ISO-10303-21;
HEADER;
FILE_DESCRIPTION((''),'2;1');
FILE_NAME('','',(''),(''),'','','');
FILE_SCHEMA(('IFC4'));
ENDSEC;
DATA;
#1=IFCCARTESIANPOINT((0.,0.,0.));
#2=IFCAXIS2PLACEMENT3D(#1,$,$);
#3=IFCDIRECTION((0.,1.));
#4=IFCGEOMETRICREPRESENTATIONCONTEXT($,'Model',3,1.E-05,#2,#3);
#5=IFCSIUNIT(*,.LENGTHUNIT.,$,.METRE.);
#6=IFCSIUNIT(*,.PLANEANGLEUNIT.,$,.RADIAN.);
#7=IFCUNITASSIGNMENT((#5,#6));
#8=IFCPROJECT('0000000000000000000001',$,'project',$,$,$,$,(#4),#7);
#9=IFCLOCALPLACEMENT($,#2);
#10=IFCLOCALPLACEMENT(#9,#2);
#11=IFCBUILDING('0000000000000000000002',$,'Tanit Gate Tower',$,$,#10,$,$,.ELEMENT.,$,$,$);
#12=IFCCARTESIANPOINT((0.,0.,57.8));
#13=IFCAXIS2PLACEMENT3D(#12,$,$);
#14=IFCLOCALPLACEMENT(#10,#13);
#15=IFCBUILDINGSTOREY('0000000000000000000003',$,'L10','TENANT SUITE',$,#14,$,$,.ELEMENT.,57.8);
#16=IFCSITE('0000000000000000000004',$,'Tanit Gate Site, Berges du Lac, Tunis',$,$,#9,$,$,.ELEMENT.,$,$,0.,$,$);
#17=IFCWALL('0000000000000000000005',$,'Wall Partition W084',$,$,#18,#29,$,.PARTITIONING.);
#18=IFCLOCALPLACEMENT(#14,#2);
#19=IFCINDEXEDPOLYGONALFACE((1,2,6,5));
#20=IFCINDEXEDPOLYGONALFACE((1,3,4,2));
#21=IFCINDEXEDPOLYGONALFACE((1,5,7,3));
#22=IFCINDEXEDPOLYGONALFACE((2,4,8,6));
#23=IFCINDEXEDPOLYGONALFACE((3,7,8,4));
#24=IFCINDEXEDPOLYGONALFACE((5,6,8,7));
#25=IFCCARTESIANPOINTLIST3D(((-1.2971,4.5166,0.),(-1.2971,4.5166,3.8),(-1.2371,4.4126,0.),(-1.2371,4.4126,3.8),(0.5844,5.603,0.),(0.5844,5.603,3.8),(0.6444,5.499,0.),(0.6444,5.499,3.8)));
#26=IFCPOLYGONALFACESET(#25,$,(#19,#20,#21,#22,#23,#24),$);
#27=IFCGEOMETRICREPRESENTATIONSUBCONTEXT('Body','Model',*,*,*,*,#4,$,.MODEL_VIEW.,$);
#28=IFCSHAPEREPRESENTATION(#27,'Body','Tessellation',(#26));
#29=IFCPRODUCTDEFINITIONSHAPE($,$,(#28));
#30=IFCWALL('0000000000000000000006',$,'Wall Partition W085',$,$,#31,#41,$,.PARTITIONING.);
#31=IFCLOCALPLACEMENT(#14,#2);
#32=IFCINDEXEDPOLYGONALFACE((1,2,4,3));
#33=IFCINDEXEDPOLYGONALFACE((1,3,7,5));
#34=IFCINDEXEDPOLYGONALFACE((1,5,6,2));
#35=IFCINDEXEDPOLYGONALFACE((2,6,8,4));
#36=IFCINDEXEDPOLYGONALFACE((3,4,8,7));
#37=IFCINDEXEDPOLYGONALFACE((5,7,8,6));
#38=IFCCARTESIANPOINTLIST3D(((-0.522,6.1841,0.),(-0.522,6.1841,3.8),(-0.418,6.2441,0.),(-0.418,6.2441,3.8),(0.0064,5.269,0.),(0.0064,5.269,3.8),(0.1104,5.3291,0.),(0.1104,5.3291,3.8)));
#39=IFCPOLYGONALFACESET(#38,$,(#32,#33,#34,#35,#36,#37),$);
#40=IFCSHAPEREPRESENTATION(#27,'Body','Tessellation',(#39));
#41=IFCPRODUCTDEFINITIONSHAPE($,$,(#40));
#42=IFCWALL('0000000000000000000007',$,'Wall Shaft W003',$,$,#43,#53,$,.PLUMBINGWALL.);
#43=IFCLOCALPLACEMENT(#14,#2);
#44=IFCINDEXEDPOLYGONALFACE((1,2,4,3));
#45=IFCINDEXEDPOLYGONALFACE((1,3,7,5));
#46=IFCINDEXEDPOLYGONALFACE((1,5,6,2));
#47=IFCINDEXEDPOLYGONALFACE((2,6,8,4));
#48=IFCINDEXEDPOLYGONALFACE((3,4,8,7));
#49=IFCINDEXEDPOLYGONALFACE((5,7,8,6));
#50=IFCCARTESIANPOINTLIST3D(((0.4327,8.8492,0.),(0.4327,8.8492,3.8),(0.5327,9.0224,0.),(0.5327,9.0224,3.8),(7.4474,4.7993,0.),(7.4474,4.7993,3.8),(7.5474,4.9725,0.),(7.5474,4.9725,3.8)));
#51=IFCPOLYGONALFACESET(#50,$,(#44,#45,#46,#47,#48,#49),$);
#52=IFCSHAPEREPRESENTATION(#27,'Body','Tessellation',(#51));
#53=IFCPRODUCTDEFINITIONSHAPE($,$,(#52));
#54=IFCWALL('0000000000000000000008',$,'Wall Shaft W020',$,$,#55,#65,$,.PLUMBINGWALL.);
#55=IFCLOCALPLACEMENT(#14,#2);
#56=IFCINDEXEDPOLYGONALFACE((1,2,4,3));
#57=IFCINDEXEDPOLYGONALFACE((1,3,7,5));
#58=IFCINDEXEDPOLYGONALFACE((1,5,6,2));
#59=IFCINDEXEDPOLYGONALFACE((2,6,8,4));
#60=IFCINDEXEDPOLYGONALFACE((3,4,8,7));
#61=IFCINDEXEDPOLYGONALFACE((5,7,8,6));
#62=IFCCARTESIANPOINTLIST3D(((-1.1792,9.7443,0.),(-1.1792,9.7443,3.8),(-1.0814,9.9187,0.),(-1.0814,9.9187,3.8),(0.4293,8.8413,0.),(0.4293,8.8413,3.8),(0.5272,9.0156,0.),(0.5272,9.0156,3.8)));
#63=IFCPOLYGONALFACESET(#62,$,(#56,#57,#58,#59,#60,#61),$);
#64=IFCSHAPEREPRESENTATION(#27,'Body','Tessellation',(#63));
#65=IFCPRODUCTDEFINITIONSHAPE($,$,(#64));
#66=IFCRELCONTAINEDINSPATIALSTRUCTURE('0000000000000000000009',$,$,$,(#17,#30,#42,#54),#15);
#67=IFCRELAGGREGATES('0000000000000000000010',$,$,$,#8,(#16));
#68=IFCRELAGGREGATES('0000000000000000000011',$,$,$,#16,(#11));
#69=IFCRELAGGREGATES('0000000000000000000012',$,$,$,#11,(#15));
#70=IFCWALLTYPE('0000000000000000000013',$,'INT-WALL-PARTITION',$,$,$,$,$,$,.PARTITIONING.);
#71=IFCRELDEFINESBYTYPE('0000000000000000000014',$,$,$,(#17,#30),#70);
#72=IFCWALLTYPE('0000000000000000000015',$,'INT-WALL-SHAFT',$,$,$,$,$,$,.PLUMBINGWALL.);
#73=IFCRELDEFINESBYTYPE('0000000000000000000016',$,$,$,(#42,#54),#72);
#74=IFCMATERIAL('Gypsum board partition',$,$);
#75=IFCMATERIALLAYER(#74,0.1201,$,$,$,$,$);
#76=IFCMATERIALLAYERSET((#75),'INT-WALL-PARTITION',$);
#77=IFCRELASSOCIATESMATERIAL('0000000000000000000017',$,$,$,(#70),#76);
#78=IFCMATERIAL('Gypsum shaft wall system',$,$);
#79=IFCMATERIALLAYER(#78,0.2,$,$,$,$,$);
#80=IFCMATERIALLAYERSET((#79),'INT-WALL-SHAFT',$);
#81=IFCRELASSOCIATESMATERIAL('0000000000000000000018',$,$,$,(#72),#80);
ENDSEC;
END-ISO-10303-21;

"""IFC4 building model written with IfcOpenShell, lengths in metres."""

from ifc_helpers import new_model, si_unit, direction, frame, frame_2d, origin, place, context, subcontext, project, spatial, rectangle, extrude, material, layer, layer_set, type_object, element, save


model = new_model("IFC4")

# Units and contexts
model_context = context("Model", 3, precision=1e-05, world=origin(), true_north=direction((0.0, 1.0)))
body_context = subcontext(model_context, "Body", "Model", "MODEL_VIEW")
ifc_project = project(units=[si_unit("LENGTHUNIT", "METRE"), si_unit("PLANEANGLEUNIT", "RADIAN")], contexts=[model_context])

# Site, building, storey
site_placement = place(None, origin())
site = spatial("IfcSite", under=ifc_project, at=site_placement, Name="Tanit Gate Site, Berges du Lac, Tunis", CompositionType="ELEMENT", RefElevation=0.0)
building_placement = place(site_placement, origin())
building = spatial("IfcBuilding", under=site, at=building_placement, Name="Tanit Gate Tower", CompositionType="ELEMENT")
storey_placement = place(building_placement, frame((0.0, 0.0, 57.8)))
storey = spatial("IfcBuildingStorey", under=building, at=storey_placement, Name="L10", Description="TENANT SUITE", CompositionType="ELEMENT", Elevation=57.8)

# Walls
ifc_material_1 = material(Name="Gypsum board partition")
ifc_layer_1 = layer(ifc_material_1, 0.1201)
ifc_layer_set_1 = layer_set([ifc_layer_1], Name="INT-WALL-PARTITION")
wall_type_1 = type_object("IfcWallType", Name="INT-WALL-PARTITION", PredefinedType="PARTITIONING", material=ifc_layer_set_1)
wall_1_placement = place(storey_placement, frame((0.6145, 5.551, 0.0), z_axis=(0.0, 0.0, 1.0), x_axis=(-0.866008, -0.50003, 0.0)))
element("IfcWall", 1, at=wall_1_placement, inside=storey, type_object=wall_type_1, Name="Wall Partition W084", PredefinedType="PARTITIONING", context=body_context, shape_type="SweptSolid", body=[
    extrude(rectangle(XDim=2.1726, YDim=0.1201, at=frame_2d((1.0864, 0.0))), origin(), (0.0, 0.0, 1.0), 3.8),
])
wall_2_placement = place(storey_placement, frame((-0.47, 6.2141, 0.0), z_axis=(0.0, 0.0, 1.0), x_axis=(0.500016, -0.866016, 0.0)))
element("IfcWall", 2, at=wall_2_placement, inside=storey, type_object=wall_type_1, Name="Wall Partition W085", PredefinedType="PARTITIONING", context=body_context, shape_type="SweptSolid", body=[
    extrude(rectangle(XDim=1.0566, YDim=0.1201, at=frame_2d((0.5283, 0.0))), origin(), (0.0, 0.0, 1.0), 3.8),
])
ifc_material_2 = material(Name="Gypsum shaft wall system")
ifc_layer_2 = layer(ifc_material_2, 0.2)
ifc_layer_set_2 = layer_set([ifc_layer_2], Name="INT-WALL-SHAFT")
wall_type_2 = type_object("IfcWallType", Name="INT-WALL-SHAFT", PredefinedType="PLUMBINGWALL", material=ifc_layer_set_2)
wall_3_placement = place(storey_placement, frame((7.4973, 4.886, 0.0), z_axis=(0.0, 0.0, 1.0), x_axis=(-0.866031, 0.49999, 0.0)))
element("IfcWall", 3, at=wall_3_placement, inside=storey, type_object=wall_type_2, Name="Wall Shaft W003", PredefinedType="PLUMBINGWALL", context=body_context, shape_type="SweptSolid", body=[
    extrude(rectangle(XDim=8.0999, YDim=0.2, at=frame_2d((4.0498, 0.0))), origin(), (0.0, 0.0, 1.0), 3.8),
])
wall_4_placement = place(storey_placement, frame((0.4783, 8.9285, 0.0), z_axis=(0.0, 0.0, 1.0), x_axis=(-0.871989, 0.489526, 0.0)))
element("IfcWall", 4, at=wall_4_placement, inside=storey, type_object=wall_type_2, Name="Wall Shaft W020", PredefinedType="PLUMBINGWALL", context=body_context, shape_type="SweptSolid", body=[
    extrude(rectangle(XDim=1.8447, YDim=0.2, at=frame_2d((0.9224, 0.0))), origin(), (0.0, 0.0, 1.0), 3.8),
])

save(model, "model.ifc")
